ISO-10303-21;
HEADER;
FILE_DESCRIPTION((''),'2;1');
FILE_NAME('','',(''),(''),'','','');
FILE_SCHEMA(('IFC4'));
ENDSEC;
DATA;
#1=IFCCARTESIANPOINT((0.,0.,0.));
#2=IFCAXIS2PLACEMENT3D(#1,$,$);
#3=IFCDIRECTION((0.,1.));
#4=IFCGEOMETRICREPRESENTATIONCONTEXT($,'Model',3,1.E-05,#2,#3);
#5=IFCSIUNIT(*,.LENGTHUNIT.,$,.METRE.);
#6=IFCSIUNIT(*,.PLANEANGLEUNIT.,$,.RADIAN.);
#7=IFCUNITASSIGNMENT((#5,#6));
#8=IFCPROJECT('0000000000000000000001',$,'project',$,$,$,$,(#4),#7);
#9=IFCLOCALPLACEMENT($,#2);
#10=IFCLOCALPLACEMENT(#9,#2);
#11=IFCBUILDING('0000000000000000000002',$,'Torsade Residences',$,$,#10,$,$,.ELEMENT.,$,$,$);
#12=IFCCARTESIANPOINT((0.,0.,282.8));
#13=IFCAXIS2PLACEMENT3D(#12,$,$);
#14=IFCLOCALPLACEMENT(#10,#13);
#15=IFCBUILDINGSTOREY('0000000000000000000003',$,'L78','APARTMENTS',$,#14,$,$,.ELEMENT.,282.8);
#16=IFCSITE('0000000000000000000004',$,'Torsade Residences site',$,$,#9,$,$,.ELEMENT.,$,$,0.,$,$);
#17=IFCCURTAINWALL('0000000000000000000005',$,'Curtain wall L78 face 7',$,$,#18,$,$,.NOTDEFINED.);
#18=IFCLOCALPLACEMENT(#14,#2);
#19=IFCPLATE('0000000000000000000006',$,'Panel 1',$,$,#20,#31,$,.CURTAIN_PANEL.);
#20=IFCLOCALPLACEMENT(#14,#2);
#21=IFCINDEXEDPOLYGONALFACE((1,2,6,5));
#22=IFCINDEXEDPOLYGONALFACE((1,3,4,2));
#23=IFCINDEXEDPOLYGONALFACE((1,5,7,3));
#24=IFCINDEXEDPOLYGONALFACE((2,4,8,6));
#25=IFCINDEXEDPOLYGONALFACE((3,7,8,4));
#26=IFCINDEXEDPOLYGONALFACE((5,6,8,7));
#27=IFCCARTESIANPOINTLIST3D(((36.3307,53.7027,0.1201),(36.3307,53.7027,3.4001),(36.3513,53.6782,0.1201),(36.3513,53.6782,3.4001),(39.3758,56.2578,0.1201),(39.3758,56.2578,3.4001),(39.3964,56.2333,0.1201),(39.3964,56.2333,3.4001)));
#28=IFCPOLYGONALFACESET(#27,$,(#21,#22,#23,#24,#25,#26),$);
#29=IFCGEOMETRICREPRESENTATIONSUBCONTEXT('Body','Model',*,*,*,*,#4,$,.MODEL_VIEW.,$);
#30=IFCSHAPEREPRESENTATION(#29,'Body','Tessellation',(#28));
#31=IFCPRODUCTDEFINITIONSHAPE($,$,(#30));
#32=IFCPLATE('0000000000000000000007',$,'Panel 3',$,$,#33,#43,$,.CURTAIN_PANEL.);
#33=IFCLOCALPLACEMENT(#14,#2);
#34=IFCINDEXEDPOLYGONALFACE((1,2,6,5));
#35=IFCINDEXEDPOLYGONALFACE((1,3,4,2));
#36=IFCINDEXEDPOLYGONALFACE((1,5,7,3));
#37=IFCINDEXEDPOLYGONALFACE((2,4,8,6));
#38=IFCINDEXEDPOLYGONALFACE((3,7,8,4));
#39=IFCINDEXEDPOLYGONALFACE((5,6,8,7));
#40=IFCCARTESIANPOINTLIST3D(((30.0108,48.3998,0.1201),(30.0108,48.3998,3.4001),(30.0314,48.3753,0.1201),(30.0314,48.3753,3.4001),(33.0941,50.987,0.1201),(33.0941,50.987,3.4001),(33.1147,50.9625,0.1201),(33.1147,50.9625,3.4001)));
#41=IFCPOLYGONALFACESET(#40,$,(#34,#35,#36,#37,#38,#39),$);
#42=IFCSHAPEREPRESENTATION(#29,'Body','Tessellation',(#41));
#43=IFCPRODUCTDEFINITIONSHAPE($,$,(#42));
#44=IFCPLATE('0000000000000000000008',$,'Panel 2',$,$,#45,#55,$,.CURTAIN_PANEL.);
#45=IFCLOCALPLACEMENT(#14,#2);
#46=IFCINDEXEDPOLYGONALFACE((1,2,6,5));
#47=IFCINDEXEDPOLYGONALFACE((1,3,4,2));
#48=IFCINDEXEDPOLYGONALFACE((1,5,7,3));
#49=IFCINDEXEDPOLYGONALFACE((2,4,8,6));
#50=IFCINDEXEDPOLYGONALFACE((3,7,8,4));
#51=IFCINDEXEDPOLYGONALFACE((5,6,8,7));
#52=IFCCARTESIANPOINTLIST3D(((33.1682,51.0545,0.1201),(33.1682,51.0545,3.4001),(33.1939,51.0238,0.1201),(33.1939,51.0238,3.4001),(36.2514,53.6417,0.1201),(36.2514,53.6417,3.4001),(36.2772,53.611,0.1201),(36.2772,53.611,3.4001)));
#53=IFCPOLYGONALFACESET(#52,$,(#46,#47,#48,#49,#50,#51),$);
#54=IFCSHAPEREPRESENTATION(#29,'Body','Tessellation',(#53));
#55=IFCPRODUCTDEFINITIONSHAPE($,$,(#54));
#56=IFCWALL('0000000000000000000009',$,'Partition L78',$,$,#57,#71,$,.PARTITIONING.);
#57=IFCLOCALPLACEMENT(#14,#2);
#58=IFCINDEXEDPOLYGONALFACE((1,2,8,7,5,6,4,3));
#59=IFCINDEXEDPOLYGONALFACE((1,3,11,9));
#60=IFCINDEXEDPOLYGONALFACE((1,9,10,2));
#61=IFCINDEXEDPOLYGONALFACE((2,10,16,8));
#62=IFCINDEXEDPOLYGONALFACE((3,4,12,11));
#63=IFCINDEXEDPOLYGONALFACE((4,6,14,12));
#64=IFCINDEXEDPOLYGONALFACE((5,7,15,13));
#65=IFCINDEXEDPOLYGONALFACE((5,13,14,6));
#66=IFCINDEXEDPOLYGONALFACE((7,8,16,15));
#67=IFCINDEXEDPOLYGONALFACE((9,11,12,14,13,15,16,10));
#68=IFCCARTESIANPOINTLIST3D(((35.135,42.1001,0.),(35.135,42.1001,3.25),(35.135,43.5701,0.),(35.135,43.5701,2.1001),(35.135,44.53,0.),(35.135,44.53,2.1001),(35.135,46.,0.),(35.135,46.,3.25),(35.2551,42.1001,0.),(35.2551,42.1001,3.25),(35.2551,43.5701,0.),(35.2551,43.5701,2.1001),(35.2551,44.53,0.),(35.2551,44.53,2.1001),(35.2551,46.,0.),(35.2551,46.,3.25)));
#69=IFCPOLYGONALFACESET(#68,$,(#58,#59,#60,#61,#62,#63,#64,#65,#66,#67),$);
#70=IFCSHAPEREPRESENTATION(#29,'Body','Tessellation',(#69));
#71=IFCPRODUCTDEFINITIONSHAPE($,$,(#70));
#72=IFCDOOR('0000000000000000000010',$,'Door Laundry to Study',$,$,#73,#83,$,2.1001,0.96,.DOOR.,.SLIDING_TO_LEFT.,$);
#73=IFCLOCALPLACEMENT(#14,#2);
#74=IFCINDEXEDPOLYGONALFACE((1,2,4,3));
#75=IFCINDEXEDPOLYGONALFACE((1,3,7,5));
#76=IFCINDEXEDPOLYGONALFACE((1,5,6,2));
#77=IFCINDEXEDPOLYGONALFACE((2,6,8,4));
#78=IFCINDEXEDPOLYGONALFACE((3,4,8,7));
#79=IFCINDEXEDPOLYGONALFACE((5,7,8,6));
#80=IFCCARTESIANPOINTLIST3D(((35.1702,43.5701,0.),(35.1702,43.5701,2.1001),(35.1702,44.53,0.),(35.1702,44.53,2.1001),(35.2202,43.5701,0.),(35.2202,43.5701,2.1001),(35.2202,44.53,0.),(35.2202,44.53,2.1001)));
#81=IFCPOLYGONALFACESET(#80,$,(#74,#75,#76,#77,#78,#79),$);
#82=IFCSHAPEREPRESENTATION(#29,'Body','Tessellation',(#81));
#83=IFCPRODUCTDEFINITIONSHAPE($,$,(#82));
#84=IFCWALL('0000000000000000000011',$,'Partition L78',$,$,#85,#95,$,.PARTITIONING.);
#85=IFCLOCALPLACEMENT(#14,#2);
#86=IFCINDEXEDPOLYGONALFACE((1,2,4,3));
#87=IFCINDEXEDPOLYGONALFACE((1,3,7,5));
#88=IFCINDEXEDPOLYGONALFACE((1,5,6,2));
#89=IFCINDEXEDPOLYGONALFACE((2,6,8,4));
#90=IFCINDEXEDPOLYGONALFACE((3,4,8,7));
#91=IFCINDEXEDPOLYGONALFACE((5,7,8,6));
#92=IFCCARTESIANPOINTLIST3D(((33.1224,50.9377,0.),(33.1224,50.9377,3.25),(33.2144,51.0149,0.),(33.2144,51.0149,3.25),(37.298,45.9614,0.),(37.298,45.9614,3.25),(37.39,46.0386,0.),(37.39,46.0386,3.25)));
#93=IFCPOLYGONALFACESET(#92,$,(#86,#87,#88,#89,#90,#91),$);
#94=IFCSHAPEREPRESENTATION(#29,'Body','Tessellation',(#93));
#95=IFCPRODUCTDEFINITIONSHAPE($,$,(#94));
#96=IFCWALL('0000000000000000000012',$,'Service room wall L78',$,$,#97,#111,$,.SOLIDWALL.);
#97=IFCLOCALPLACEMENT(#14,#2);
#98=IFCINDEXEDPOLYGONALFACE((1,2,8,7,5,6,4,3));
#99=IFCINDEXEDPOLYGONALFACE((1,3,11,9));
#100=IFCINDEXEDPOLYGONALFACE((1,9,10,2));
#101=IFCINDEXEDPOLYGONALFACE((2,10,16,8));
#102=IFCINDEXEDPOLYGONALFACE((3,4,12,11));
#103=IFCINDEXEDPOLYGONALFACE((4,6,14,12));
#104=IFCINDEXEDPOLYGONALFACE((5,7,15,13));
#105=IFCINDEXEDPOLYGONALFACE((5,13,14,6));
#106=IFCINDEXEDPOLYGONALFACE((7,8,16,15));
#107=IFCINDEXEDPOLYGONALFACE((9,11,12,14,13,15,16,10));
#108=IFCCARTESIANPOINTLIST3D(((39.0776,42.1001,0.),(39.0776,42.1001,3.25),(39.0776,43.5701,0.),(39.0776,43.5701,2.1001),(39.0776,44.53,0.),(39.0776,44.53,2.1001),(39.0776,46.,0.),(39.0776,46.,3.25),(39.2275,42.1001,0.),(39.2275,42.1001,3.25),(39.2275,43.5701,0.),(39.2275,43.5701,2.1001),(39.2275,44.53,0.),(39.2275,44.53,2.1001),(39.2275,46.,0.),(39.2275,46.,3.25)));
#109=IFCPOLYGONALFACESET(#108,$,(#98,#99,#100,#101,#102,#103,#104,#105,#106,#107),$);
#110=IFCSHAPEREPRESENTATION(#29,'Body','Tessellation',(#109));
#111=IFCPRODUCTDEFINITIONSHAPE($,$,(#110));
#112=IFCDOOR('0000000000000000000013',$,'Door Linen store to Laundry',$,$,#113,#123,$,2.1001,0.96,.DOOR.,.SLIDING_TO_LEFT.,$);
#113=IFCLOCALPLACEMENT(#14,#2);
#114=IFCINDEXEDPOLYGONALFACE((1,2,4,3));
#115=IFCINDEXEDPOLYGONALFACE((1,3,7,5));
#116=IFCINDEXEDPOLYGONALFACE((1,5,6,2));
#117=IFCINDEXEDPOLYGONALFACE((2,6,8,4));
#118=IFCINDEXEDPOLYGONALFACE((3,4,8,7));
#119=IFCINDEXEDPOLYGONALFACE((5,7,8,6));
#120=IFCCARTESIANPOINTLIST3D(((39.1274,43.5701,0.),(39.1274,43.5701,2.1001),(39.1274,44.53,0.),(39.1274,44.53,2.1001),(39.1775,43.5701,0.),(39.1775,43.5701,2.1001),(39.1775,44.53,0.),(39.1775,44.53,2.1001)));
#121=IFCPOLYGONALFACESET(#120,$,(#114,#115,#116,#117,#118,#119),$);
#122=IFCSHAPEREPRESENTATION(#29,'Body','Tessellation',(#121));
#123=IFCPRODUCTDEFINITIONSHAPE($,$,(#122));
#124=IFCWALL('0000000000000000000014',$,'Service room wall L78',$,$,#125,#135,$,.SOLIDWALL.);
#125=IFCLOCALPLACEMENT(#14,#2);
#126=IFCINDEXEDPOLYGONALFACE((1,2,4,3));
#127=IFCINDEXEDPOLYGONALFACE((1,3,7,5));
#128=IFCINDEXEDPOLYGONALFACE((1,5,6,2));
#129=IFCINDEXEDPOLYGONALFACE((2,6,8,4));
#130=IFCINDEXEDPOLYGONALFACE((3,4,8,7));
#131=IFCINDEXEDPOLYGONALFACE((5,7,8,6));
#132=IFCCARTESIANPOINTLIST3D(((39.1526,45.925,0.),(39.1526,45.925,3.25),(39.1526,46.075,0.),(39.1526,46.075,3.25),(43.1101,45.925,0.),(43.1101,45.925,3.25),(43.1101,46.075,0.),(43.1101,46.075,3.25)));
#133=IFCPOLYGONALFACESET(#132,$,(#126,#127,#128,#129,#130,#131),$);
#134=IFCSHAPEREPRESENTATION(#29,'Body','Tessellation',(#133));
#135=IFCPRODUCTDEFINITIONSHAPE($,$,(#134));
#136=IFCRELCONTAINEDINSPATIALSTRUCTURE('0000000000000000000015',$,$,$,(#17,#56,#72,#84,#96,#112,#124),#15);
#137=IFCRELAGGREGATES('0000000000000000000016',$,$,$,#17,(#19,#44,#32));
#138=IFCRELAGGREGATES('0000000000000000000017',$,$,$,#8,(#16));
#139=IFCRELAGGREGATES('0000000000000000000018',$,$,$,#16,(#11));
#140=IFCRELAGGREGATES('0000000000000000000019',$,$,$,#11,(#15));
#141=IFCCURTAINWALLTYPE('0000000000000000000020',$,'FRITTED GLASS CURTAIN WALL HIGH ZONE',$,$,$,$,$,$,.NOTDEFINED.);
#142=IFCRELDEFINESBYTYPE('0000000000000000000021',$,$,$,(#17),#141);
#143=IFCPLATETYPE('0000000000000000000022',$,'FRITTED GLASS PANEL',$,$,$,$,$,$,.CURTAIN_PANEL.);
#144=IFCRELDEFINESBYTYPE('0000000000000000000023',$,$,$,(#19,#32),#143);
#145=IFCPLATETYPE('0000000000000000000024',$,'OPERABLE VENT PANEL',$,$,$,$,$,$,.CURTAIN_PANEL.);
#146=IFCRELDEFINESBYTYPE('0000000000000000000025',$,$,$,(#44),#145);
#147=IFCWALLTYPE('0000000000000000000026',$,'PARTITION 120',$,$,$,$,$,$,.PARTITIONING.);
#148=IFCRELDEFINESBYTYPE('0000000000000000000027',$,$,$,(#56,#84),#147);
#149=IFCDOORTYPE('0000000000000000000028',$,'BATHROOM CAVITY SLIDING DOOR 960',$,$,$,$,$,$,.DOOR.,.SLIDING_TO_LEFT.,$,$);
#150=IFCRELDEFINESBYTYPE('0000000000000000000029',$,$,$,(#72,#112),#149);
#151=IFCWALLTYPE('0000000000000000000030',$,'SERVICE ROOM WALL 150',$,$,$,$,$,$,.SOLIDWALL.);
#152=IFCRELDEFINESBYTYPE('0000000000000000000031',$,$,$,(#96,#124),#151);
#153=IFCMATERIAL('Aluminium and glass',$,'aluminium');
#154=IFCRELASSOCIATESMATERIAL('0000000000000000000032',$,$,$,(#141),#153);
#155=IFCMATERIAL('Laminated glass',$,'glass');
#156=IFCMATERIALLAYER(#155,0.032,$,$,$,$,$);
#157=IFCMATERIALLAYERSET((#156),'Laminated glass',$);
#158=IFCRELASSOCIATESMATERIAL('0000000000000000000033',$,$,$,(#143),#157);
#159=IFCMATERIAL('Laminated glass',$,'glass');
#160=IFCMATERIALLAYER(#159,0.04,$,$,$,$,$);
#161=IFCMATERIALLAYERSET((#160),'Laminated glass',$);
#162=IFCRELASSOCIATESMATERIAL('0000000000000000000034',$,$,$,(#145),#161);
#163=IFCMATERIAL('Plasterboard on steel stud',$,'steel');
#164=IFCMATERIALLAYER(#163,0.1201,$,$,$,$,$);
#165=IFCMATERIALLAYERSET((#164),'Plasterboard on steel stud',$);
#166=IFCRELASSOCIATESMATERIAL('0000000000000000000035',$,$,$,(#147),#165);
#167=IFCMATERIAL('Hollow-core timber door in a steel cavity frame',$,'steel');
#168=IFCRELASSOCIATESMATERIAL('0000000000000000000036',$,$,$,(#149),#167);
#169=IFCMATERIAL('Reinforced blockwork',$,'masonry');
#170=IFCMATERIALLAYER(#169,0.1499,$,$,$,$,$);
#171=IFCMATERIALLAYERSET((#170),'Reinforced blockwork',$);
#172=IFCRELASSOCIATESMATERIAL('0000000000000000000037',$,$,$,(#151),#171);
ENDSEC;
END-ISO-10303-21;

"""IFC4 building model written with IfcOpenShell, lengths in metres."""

from ifc_helpers import new_model, si_unit, direction, frame, frame_2d, origin, origin_2d, place, context, subcontext, project, spatial, rectangle, extrude, material, layer, layer_set, type_object, element, fill, aggregate, save


model = new_model("IFC4")

# Units and contexts
model_context = context("Model", 3, precision=1e-05, world=origin(), true_north=direction((0.0, 1.0)))
body_context = subcontext(model_context, "Body", "Model", "MODEL_VIEW")
ifc_project = project(units=[si_unit("LENGTHUNIT", "METRE"), si_unit("PLANEANGLEUNIT", "RADIAN")], contexts=[model_context])

# Site, building, storey
site_placement = place(None, origin())
site = spatial("IfcSite", under=ifc_project, at=site_placement, Name="Torsade Residences site", CompositionType="ELEMENT", RefElevation=0.0)
building_placement = place(site_placement, origin())
building = spatial("IfcBuilding", under=site, at=building_placement, Name="Torsade Residences", CompositionType="ELEMENT")
storey_placement = place(building_placement, frame((0.0, 0.0, 282.8)))
storey = spatial("IfcBuildingStorey", under=building, at=storey_placement, Name="L78", Description="APARTMENTS", CompositionType="ELEMENT", Elevation=282.8)

# Curtain wall
ifc_material_1 = material(Name="Aluminium and glass", Category="aluminium")
curtain_wall_type = type_object("IfcCurtainWallType", Name="FRITTED GLASS CURTAIN WALL HIGH ZONE", PredefinedType="NOTDEFINED", material=ifc_material_1)
curtain_wall_placement = place(storey_placement, origin())
curtain_wall = element("IfcCurtainWall", 1, at=curtain_wall_placement, inside=storey, type_object=curtain_wall_type, Name="Curtain wall L78 face 7", PredefinedType="NOTDEFINED")

# Plates
ifc_material_2 = material(Name="Laminated glass", Category="glass")
ifc_layer_1 = layer(ifc_material_2, 0.032)
ifc_layer_set_1 = layer_set([ifc_layer_1], Name="Laminated glass")
plate_type_1 = type_object("IfcPlateType", Name="FRITTED GLASS PANEL", PredefinedType="CURTAIN_PANEL", material=ifc_layer_set_1)
plate_1_placement = place(storey_placement, frame((37.8635, 54.968, 0.1201), z_axis=(0.0, 0.0, 1.0), x_axis=(-0.766044, -0.642788, 0.0)))
plate_1 = element("IfcPlate", 2, at=plate_1_placement, type_object=plate_type_1, Name="Panel 1", PredefinedType="CURTAIN_PANEL", context=body_context, shape_type="SweptSolid", body=[
    extrude(rectangle(XDim=3.9751, YDim=0.032, at=origin_2d()), origin(), (0.0, 0.0, 1.0), 3.28),
])
plate_2_placement = place(storey_placement, frame((31.5627, 49.6812, 0.1201), z_axis=(0.0, 0.0, 1.0), x_axis=(-0.766044, -0.642788, 0.0)))
plate_2 = element("IfcPlate", 3, at=plate_2_placement, type_object=plate_type_1, Name="Panel 3", PredefinedType="CURTAIN_PANEL", context=body_context, shape_type="SweptSolid", body=[
    extrude(rectangle(XDim=4.0249, YDim=0.032, at=origin_2d()), origin(), (0.0, 0.0, 1.0), 3.28),
])
ifc_material_3 = material(Name="Laminated glass", Category="glass")
ifc_layer_2 = layer(ifc_material_3, 0.04)
ifc_layer_set_2 = layer_set([ifc_layer_2], Name="Laminated glass")
plate_type_2 = type_object("IfcPlateType", Name="OPERABLE VENT PANEL", PredefinedType="CURTAIN_PANEL", material=ifc_layer_set_2)
plate_3_placement = place(storey_placement, frame((34.7227, 52.3328, 0.1201), z_axis=(0.0, 0.0, 1.0), x_axis=(-0.766044, -0.642788, 0.0)))
plate_3 = element("IfcPlate", 4, at=plate_3_placement, type_object=plate_type_2, Name="Panel 2", PredefinedType="CURTAIN_PANEL", context=body_context, shape_type="SweptSolid", body=[
    extrude(rectangle(XDim=4.0249, YDim=0.04, at=origin_2d()), origin(), (0.0, 0.0, 1.0), 3.28),
])
aggregate(curtain_wall, [plate_1, plate_3, plate_2])

# Wall, opening, door
ifc_material_4 = material(Name="Plasterboard on steel stud", Category="steel")
ifc_layer_3 = layer(ifc_material_4, 0.1201)
ifc_layer_set_3 = layer_set([ifc_layer_3], Name="Plasterboard on steel stud")
wall_type_1 = type_object("IfcWallType", Name="PARTITION 120", PredefinedType="PARTITIONING", material=ifc_layer_set_3)
wall_1_placement = place(storey_placement, frame((35.1951, 42.1001, 0.0), z_axis=(0.0, 0.0, 1.0), x_axis=(0.0, 1.0, 0.0)))
wall_1 = element("IfcWall", 5, at=wall_1_placement, inside=storey, type_object=wall_type_1, Name="Partition L78", PredefinedType="PARTITIONING", context=body_context, shape_type="SweptSolid", body=[
    extrude(rectangle(XDim=3.8999, YDim=0.1201, at=frame_2d((1.95, 0.0))), origin(), (0.0, 0.0, 1.0), 3.25),
])
opening_1_placement = place(wall_1_placement, frame((1.47, 0.0, 0.0)))
opening_1 = element("IfcOpeningElement", 6, at=opening_1_placement, cuts=wall_1, PredefinedType="OPENING", context=body_context, shape_type="SweptSolid", body=[
    extrude(rectangle(XDim=0.96, YDim=2.1001, at=frame_2d((0.48, 1.05))), frame((0.0, 0.0701, 0.0), z_axis=(0.0, -1.0, 0.0), x_axis=(1.0, 0.0, 0.0)), (0.0, 0.0, 1.0), 0.1401),
])
ifc_material_5 = material(Name="Hollow-core timber door in a steel cavity frame", Category="steel")
door_type = type_object("IfcDoorType", Name="BATHROOM CAVITY SLIDING DOOR 960", OperationType="SLIDING_TO_LEFT", PredefinedType="DOOR", material=ifc_material_5)
door_1_placement = place(opening_1_placement, origin())
door_1 = element("IfcDoor", 7, at=door_1_placement, inside=storey, type_object=door_type, Name="Door Laundry to Study", OperationType="SLIDING_TO_LEFT", OverallHeight=2.1001, OverallWidth=0.96, PredefinedType="DOOR", context=body_context, shape_type="SweptSolid", body=[
    extrude(rectangle(XDim=0.96, YDim=2.1001, at=frame_2d((0.48, 1.05))), frame((0.0, 0.0249, 0.0), z_axis=(0.0, -1.0, 0.0), x_axis=(1.0, 0.0, 0.0)), (0.0, 0.0, 1.0), 0.05),
])
fill(opening_1, door_1)

# Wall
wall_2_placement = place(storey_placement, frame((37.344, 46.0, 0.0), z_axis=(0.0, 0.0, 1.0), x_axis=(-0.642779, 0.766051, 0.0)))
element("IfcWall", 8, at=wall_2_placement, inside=storey, type_object=wall_type_1, Name="Partition L78", PredefinedType="PARTITIONING", context=body_context, shape_type="SweptSolid", body=[
    extrude(rectangle(XDim=6.4961, YDim=0.1201, at=frame_2d((3.248, 0.0))), origin(), (0.0, 0.0, 1.0), 3.25),
])

# Wall, opening, door
ifc_material_6 = material(Name="Reinforced blockwork", Category="masonry")
ifc_layer_4 = layer(ifc_material_6, 0.1499)
ifc_layer_set_4 = layer_set([ifc_layer_4], Name="Reinforced blockwork")
wall_type_2 = type_object("IfcWallType", Name="SERVICE ROOM WALL 150", PredefinedType="SOLIDWALL", material=ifc_layer_set_4)
wall_3_placement = place(storey_placement, frame((39.1526, 46.0, 0.0), z_axis=(0.0, 0.0, 1.0), x_axis=(0.0, -1.0, 0.0)))
wall_3 = element("IfcWall", 9, at=wall_3_placement, inside=storey, type_object=wall_type_2, Name="Service room wall L78", PredefinedType="SOLIDWALL", context=body_context, shape_type="SweptSolid", body=[
    extrude(rectangle(XDim=3.8999, YDim=0.1499, at=frame_2d((1.95, 0.0))), origin(), (0.0, 0.0, 1.0), 3.25),
])
opening_2_placement = place(wall_3_placement, frame((1.47, 0.0, 0.0)))
opening_2 = element("IfcOpeningElement", 10, at=opening_2_placement, cuts=wall_3, PredefinedType="OPENING", context=body_context, shape_type="SweptSolid", body=[
    extrude(rectangle(XDim=0.96, YDim=2.1001, at=frame_2d((0.48, 1.05))), frame((0.0, 0.085, 0.0), z_axis=(0.0, -1.0, 0.0), x_axis=(1.0, 0.0, 0.0)), (0.0, 0.0, 1.0), 0.1699),
])
door_2_placement = place(opening_2_placement, origin())
door_2 = element("IfcDoor", 11, at=door_2_placement, inside=storey, type_object=door_type, Name="Door Linen store to Laundry", OperationType="SLIDING_TO_LEFT", OverallHeight=2.1001, OverallWidth=0.96, PredefinedType="DOOR", context=body_context, shape_type="SweptSolid", body=[
    extrude(rectangle(XDim=0.96, YDim=2.1001, at=frame_2d((0.48, 1.05))), frame((0.0, 0.0249, 0.0), z_axis=(0.0, -1.0, 0.0), x_axis=(1.0, 0.0, 0.0)), (0.0, 0.0, 1.0), 0.05),
])
fill(opening_2, door_2)

# Wall
wall_4_placement = place(storey_placement, frame((39.1526, 46.0, 0.0), z_axis=(0.0, 0.0, 1.0), x_axis=(1.0, 0.0, 0.0)))
element("IfcWall", 12, at=wall_4_placement, inside=storey, type_object=wall_type_2, Name="Service room wall L78", PredefinedType="SOLIDWALL", context=body_context, shape_type="SweptSolid", body=[
    extrude(rectangle(XDim=3.9575, YDim=0.1499, at=frame_2d((1.9788, 0.0))), origin(), (0.0, 0.0, 1.0), 3.25),
])

save(model, "model.ifc")
